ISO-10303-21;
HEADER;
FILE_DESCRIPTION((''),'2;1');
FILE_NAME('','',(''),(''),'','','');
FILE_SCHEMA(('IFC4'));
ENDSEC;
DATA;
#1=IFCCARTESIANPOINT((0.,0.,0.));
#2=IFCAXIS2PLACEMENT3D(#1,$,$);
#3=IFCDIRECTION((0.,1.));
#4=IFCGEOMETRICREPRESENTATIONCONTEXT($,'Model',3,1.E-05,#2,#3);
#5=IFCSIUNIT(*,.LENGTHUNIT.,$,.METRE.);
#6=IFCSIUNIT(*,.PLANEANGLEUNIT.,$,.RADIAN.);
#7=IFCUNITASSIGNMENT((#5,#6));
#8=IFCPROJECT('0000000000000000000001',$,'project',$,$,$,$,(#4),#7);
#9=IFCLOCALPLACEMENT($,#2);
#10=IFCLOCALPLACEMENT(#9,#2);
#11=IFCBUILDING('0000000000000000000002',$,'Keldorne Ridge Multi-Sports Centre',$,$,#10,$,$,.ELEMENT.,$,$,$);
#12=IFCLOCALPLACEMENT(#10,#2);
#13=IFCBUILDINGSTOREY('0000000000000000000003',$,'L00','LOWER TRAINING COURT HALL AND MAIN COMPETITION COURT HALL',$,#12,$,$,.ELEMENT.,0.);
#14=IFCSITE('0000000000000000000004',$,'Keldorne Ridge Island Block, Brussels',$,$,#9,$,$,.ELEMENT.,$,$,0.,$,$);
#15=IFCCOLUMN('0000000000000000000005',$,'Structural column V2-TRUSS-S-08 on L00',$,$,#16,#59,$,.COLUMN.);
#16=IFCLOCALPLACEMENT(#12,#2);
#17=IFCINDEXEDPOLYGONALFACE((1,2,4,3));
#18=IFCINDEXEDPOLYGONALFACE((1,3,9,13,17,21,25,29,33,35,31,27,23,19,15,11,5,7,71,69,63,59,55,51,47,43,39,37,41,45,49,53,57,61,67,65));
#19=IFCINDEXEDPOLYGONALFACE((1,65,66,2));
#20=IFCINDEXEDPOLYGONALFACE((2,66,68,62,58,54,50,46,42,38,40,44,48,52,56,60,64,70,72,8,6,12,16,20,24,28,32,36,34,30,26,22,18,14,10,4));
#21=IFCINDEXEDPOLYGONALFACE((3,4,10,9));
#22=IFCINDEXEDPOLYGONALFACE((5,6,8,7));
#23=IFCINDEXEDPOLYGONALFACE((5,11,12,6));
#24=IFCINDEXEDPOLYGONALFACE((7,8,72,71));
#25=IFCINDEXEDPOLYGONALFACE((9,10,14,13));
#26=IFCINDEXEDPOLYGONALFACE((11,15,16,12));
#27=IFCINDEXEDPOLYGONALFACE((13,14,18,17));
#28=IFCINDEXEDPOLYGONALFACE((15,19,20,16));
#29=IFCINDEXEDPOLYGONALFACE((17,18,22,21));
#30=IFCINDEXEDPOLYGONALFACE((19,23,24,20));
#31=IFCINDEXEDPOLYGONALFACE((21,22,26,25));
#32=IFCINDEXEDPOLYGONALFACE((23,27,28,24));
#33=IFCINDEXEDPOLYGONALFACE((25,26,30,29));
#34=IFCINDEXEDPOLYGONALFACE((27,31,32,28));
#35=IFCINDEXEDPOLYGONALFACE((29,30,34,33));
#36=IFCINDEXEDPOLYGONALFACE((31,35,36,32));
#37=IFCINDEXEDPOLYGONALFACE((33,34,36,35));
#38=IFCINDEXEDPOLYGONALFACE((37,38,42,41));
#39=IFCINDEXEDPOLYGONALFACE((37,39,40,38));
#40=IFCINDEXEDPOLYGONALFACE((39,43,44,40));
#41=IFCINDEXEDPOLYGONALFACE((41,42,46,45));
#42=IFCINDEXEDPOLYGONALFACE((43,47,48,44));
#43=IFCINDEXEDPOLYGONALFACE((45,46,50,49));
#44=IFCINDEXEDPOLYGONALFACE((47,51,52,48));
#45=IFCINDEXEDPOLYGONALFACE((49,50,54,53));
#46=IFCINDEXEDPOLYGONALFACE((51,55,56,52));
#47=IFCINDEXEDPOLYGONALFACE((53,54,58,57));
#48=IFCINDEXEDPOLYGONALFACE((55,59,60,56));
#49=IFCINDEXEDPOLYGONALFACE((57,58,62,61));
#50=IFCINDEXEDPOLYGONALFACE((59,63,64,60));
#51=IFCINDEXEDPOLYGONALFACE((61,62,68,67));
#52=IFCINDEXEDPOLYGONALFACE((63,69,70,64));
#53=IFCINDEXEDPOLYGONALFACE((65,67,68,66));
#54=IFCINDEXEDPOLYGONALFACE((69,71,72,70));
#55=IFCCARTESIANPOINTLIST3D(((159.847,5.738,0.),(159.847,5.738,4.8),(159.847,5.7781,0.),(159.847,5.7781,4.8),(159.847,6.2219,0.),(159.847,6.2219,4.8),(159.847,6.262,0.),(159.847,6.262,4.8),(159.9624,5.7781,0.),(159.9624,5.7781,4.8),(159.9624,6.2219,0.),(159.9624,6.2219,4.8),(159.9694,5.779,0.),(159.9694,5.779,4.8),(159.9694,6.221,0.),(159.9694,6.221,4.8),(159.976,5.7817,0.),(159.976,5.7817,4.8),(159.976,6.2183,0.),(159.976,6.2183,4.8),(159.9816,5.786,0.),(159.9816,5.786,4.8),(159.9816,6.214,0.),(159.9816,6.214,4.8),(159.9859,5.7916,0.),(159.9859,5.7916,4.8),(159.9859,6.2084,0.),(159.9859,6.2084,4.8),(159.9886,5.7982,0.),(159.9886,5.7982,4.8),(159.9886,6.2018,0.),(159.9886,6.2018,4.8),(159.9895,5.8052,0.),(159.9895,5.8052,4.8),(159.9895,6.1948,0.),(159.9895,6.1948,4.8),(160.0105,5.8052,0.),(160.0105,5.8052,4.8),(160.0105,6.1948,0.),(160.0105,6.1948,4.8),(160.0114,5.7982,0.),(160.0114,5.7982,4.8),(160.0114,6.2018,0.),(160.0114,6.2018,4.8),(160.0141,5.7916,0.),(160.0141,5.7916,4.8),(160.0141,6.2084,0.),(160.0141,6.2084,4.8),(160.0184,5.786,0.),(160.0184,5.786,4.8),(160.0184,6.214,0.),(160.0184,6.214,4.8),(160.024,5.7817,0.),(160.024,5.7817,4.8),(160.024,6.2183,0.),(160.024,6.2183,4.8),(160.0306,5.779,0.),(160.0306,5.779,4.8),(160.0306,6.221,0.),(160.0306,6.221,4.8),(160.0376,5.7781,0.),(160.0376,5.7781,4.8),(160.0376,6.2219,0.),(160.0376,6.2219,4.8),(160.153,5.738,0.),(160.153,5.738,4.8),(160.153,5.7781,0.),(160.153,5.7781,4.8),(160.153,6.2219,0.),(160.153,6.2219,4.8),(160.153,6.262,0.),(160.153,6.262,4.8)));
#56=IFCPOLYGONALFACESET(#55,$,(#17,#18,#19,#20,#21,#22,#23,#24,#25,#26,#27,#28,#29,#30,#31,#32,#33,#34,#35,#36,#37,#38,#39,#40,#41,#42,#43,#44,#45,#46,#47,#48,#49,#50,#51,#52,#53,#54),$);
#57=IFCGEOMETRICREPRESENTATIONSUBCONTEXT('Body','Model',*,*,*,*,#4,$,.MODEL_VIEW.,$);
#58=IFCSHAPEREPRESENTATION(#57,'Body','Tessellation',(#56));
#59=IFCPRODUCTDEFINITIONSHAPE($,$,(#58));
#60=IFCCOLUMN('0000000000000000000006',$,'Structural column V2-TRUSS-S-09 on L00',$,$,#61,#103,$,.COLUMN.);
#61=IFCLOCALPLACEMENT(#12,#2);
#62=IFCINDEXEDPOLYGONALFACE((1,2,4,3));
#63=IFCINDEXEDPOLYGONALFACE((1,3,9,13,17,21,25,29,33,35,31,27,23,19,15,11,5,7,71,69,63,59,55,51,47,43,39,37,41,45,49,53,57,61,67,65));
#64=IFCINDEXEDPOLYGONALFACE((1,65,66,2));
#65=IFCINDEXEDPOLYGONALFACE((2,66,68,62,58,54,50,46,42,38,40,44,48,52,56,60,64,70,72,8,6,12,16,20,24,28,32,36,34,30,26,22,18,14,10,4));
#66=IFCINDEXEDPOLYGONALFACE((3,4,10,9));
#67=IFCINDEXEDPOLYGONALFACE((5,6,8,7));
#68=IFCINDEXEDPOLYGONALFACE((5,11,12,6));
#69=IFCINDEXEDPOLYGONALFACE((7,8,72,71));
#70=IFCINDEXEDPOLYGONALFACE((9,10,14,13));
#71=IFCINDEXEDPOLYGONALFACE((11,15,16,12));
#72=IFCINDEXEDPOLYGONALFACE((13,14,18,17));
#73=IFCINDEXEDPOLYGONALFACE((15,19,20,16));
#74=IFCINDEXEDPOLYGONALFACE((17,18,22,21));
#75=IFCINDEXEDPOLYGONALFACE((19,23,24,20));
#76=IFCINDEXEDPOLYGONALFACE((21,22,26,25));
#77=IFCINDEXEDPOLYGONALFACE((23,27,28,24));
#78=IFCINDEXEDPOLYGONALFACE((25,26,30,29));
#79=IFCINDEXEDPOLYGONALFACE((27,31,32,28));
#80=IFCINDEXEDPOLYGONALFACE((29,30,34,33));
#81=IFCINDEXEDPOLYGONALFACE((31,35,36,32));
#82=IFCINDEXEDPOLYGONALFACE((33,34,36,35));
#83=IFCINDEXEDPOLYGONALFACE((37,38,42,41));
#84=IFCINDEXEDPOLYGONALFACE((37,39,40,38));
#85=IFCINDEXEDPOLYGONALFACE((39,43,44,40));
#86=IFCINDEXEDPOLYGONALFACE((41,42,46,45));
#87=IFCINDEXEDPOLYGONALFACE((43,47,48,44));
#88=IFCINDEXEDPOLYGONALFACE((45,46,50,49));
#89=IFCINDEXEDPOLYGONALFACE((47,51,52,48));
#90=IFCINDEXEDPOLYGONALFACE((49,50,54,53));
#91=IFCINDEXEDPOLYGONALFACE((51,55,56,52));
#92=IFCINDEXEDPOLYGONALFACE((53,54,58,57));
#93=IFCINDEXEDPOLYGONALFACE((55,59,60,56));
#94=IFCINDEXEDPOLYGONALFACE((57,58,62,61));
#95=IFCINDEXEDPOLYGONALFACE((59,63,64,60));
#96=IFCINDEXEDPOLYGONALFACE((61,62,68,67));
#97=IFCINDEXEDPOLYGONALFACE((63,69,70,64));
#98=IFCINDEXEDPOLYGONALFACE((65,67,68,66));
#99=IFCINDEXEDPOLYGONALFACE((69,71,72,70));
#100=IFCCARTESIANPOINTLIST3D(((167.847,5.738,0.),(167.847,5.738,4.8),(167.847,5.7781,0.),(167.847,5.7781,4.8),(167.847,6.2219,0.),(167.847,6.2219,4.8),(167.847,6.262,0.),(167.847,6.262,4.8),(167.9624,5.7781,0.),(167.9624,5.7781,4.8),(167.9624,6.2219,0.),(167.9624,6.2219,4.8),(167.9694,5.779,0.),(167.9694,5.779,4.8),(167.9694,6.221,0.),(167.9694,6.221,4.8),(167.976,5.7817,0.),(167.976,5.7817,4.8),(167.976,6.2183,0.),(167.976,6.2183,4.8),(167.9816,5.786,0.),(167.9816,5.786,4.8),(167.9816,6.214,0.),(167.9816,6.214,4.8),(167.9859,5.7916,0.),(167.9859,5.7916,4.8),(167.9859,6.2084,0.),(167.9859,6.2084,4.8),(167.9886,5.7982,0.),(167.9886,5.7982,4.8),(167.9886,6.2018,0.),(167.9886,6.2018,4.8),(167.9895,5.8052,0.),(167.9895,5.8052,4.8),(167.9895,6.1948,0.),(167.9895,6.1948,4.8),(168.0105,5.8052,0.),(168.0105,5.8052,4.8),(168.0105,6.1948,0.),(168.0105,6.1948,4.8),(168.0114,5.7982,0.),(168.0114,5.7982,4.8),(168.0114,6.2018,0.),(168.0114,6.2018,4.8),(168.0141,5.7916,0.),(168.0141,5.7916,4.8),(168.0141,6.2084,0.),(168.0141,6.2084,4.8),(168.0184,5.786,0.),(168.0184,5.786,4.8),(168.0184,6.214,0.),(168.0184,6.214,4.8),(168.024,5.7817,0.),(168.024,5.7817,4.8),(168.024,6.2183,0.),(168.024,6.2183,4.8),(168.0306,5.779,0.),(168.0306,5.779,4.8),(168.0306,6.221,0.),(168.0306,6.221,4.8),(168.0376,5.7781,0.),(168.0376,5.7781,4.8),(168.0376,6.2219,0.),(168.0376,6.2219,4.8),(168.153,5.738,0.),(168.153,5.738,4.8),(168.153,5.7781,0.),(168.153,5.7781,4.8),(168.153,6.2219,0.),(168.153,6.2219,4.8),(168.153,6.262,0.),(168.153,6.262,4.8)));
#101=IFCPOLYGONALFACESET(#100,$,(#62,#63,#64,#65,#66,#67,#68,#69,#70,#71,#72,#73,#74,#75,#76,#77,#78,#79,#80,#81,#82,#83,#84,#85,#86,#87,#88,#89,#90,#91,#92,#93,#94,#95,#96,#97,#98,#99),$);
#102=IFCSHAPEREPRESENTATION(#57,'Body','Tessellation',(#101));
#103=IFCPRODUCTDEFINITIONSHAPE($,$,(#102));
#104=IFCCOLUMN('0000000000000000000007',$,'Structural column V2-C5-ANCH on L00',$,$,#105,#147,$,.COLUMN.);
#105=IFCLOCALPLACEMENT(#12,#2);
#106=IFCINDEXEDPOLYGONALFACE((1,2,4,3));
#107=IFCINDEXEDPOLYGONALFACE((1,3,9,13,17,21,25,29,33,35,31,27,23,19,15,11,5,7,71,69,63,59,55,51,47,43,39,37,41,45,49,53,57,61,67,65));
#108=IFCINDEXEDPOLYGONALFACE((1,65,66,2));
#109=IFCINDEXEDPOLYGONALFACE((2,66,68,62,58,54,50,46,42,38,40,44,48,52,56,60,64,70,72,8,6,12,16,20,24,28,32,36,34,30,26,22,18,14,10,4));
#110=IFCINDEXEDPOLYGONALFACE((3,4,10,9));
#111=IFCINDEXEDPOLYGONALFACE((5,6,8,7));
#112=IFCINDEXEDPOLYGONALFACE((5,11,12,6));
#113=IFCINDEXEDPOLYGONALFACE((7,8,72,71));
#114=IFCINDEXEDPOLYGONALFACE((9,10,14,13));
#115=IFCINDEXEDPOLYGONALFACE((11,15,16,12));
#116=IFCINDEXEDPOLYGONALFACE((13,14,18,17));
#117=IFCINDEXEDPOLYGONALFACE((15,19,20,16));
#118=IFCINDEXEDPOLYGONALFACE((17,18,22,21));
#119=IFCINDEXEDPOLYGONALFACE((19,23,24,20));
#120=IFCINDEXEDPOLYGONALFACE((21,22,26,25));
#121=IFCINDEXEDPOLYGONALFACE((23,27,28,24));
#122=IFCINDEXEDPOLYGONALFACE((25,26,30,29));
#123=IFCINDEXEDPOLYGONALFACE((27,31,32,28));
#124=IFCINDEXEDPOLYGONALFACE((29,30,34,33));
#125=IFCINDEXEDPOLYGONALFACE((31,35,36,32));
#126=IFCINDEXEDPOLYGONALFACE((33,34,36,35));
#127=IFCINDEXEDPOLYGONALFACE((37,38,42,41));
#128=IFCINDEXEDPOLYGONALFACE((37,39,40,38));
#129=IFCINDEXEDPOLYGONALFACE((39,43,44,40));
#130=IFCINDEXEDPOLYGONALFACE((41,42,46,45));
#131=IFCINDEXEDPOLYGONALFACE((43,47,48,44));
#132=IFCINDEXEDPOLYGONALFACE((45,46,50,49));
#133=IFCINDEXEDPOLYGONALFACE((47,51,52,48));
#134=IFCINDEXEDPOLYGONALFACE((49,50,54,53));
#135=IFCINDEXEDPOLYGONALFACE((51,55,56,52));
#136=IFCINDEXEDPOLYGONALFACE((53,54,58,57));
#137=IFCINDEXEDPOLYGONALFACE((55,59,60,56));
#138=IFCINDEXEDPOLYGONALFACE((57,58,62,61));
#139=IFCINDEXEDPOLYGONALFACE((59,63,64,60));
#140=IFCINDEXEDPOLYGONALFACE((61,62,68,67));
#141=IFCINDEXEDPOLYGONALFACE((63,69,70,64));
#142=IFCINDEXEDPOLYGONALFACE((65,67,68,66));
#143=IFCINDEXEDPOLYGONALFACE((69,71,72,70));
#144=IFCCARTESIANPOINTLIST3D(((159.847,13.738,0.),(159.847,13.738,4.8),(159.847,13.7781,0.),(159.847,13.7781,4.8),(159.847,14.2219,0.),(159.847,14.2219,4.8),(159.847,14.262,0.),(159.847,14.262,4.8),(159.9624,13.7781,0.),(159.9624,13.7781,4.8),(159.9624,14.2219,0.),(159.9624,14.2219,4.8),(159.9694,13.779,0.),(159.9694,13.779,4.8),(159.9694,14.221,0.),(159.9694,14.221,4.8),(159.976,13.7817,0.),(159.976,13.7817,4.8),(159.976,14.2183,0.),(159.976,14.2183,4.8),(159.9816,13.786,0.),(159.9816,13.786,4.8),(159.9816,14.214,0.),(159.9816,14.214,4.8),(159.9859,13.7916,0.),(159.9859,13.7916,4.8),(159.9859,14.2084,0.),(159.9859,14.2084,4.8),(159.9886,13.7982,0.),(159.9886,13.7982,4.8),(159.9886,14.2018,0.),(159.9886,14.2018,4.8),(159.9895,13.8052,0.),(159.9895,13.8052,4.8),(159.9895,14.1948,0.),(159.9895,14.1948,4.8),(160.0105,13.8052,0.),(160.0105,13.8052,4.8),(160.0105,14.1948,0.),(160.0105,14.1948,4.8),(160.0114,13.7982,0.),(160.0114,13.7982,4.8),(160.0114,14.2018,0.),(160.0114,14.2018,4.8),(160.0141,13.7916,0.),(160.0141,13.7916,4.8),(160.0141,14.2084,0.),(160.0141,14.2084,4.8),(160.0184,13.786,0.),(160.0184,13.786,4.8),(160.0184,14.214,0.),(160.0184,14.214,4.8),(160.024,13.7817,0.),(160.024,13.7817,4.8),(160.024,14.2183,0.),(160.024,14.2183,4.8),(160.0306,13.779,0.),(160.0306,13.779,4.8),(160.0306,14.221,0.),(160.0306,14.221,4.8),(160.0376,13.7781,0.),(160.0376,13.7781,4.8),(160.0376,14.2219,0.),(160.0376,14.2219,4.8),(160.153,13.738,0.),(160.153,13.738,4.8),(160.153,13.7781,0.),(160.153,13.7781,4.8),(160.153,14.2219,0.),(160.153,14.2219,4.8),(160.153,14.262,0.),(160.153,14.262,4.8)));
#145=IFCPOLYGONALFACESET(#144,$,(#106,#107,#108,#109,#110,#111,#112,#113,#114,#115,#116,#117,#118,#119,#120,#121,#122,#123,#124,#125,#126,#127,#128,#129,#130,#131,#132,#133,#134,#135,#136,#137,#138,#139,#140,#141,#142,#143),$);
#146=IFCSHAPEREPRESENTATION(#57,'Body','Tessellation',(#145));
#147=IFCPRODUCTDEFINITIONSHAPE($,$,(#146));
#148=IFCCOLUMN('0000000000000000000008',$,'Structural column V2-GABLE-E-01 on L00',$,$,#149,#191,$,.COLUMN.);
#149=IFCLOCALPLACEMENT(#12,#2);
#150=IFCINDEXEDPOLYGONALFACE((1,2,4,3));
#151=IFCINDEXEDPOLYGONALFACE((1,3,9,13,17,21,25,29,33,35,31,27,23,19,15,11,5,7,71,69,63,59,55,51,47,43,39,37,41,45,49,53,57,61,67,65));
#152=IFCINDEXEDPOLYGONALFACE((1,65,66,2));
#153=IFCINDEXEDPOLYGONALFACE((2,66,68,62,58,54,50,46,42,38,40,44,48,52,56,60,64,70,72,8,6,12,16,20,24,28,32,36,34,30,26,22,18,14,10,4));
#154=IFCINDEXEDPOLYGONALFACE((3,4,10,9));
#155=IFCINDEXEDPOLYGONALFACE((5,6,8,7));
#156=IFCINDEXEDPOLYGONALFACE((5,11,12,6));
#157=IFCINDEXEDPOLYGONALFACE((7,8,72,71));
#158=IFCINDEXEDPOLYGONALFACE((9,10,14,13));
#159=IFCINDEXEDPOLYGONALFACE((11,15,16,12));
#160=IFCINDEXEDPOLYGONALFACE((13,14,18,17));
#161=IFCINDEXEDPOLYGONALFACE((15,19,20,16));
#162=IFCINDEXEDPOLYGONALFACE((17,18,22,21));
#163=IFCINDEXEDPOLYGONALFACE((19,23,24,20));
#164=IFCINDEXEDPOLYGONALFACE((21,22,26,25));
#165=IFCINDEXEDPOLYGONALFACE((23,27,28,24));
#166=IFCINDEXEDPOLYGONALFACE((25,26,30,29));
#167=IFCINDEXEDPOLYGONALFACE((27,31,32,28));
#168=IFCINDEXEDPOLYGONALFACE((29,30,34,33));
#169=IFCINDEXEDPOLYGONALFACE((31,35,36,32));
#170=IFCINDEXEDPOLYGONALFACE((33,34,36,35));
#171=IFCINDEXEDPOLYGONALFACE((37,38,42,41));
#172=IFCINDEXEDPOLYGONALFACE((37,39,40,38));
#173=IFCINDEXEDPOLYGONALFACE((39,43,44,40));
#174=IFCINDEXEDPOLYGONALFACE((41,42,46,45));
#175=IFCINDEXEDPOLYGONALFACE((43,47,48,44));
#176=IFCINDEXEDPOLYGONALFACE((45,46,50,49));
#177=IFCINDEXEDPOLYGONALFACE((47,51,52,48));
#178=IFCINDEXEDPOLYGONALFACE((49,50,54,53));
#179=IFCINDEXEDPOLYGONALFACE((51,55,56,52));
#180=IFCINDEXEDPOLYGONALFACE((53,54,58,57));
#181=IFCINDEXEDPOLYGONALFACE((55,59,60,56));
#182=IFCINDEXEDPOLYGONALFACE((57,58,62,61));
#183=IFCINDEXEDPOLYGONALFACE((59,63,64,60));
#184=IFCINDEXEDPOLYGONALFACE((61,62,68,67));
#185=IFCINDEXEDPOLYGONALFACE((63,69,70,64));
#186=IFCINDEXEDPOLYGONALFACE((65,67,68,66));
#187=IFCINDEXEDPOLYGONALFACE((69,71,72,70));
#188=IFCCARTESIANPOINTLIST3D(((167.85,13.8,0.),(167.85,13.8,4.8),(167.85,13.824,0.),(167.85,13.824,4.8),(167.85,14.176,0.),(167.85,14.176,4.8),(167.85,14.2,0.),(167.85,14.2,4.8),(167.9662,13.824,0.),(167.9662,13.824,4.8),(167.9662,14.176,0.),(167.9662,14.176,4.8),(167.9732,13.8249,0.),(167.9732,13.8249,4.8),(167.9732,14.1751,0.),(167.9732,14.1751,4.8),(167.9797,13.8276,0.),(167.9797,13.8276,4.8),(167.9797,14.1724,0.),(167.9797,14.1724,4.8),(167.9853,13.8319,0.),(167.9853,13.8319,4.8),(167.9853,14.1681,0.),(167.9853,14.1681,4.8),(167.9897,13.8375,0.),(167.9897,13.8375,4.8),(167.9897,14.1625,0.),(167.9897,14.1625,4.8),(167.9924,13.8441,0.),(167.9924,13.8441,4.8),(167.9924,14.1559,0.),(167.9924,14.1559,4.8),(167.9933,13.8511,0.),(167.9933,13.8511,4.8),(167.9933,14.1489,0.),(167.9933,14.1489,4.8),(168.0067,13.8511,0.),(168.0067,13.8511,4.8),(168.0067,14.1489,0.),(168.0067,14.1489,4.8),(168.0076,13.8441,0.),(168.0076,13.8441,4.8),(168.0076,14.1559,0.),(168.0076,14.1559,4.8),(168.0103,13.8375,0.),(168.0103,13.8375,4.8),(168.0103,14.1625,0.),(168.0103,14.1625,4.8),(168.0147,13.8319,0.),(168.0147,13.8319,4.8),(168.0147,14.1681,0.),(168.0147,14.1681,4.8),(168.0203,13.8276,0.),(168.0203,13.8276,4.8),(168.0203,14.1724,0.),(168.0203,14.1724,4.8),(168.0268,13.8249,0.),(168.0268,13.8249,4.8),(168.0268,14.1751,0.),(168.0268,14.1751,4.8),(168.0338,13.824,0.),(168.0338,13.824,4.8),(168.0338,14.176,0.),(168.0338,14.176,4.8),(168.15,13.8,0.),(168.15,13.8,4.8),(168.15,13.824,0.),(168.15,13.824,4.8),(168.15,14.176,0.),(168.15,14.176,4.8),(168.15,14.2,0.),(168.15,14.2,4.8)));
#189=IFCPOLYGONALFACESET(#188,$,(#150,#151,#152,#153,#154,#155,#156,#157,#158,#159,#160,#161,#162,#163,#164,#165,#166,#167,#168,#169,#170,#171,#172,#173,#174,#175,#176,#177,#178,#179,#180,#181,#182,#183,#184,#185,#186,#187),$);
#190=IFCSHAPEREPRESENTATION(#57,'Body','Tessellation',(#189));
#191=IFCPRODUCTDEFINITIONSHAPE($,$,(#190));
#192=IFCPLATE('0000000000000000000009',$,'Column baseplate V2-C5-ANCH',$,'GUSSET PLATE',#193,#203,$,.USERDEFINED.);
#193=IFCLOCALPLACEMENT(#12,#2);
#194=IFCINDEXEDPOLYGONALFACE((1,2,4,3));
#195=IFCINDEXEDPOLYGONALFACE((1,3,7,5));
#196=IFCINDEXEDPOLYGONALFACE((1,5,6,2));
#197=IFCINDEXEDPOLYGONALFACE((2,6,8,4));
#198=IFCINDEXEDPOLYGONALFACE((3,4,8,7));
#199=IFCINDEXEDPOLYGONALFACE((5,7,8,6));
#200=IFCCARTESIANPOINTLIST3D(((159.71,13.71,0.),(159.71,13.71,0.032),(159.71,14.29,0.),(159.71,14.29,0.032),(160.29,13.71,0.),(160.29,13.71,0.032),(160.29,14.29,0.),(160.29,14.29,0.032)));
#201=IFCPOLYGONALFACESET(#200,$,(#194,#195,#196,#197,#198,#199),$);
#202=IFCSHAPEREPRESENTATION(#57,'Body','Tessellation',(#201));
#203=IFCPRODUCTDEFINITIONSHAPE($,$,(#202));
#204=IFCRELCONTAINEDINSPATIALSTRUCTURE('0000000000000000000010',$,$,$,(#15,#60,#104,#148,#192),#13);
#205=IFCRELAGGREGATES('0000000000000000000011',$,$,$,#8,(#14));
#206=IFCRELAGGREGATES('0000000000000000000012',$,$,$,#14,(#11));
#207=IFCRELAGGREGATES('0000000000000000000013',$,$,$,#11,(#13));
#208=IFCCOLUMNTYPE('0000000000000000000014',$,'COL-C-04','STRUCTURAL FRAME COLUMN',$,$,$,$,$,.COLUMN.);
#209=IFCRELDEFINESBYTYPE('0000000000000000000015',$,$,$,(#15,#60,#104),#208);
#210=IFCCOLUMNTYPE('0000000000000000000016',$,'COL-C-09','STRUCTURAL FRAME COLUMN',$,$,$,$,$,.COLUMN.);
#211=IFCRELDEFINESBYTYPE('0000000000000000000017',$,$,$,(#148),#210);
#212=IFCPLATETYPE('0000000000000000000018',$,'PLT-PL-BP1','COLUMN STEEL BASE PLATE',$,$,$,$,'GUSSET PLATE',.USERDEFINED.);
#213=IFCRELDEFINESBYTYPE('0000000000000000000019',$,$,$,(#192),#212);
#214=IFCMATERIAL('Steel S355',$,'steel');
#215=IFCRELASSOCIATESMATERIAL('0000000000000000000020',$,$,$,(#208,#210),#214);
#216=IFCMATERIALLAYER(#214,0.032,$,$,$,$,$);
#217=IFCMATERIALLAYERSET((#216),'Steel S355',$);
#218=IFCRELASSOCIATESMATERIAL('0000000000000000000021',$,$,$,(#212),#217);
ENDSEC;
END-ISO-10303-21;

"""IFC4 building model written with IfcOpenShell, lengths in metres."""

from ifc_helpers import new_model, si_unit, direction, frame, origin, origin_2d, place, context, subcontext, project, spatial, rectangle, i_section, extrude, material, layer, layer_set, material_profile, profile_set, type_object, element, save


model = new_model("IFC4")

# Units and contexts
model_context = context("Model", 3, precision=1e-05, world=origin(), true_north=direction((0.0, 1.0)))
body_context = subcontext(model_context, "Body", "Model", "MODEL_VIEW")
ifc_project = project(units=[si_unit("LENGTHUNIT", "METRE"), si_unit("PLANEANGLEUNIT", "RADIAN")], contexts=[model_context])

# Site, building, storey
site_placement = place(None, origin())
site = spatial("IfcSite", under=ifc_project, at=site_placement, Name="Keldorne Ridge Island Block, Brussels", CompositionType="ELEMENT", RefElevation=0.0)
building_placement = place(site_placement, origin())
building = spatial("IfcBuilding", under=site, at=building_placement, Name="Keldorne Ridge Multi-Sports Centre", CompositionType="ELEMENT")
storey_placement = place(building_placement, origin())
storey = spatial("IfcBuildingStorey", under=building, at=storey_placement, Name="L00", Description="LOWER TRAINING COURT HALL AND MAIN COMPETITION COURT HALL", CompositionType="ELEMENT", Elevation=0.0)

# Columns
ifc_material_1 = material(Name="Steel S355", Category="steel")
ifc_material_profile_1 = material_profile(ifc_material_1, i_section(OverallWidth=0.3059, OverallDepth=0.5239, WebThickness=0.021, FlangeThickness=0.04, FilletRadius=0.0271, at=origin_2d()), Name="HEM 500")
ifc_profile_set_1 = profile_set([ifc_material_profile_1], Name="Steel S355")
column_type_1 = type_object("IfcColumnType", Name="COL-C-04", Description="STRUCTURAL FRAME COLUMN", PredefinedType="COLUMN", material=ifc_profile_set_1)
for number, where, z_axis, x_axis, name in (
    (1, (160.0, 6.0, 0.0), (0.0, 0.0, 1.0), (1.0, 0.0, 0.0), "Structural column V2-TRUSS-S-08 on L00"),
    (2, (168.0, 6.0, 0.0), (0.0, 0.0, 1.0), (1.0, 0.0, 0.0), "Structural column V2-TRUSS-S-09 on L00"),
    (3, (160.0, 14.0, 0.0), (0.0, 0.0, 1.0), (1.0, 0.0, 0.0), "Structural column V2-C5-ANCH on L00"),
):
    element("IfcColumn", number, at=place(storey_placement, frame(where, z_axis=z_axis, x_axis=x_axis)), inside=storey, type_object=column_type_1, Name=name, PredefinedType="COLUMN", context=body_context, shape_type="SweptSolid", body=[
        extrude(i_section(OverallWidth=0.3059, OverallDepth=0.5239, WebThickness=0.021, FlangeThickness=0.04, FilletRadius=0.0271, at=origin_2d()), origin(), (0.0, 0.0, 1.0), 4.8),
    ])
ifc_material_profile_2 = material_profile(ifc_material_1, i_section(OverallWidth=0.3, OverallDepth=0.3999, WebThickness=0.0134, FlangeThickness=0.0239, FilletRadius=0.0271, at=origin_2d()), Name="HEB 400")
ifc_profile_set_2 = profile_set([ifc_material_profile_2], Name="Steel S355")
column_type_2 = type_object("IfcColumnType", Name="COL-C-09", Description="STRUCTURAL FRAME COLUMN", PredefinedType="COLUMN", material=ifc_profile_set_2)
column_placement = place(storey_placement, frame((168.0, 14.0, 0.0), z_axis=(0.0, 0.0, 1.0), x_axis=(1.0, 0.0, 0.0)))
element("IfcColumn", 4, at=column_placement, inside=storey, type_object=column_type_2, Name="Structural column V2-GABLE-E-01 on L00", PredefinedType="COLUMN", context=body_context, shape_type="SweptSolid", body=[
    extrude(i_section(OverallWidth=0.3, OverallDepth=0.3999, WebThickness=0.0134, FlangeThickness=0.0239, FilletRadius=0.0271, at=origin_2d()), origin(), (0.0, 0.0, 1.0), 4.8),
])

# Plate
ifc_layer_1 = layer(ifc_material_1, 0.032)
ifc_layer_set_1 = layer_set([ifc_layer_1], Name="Steel S355")
plate_type_1 = type_object("IfcPlateType", Name="PLT-PL-BP1", Description="COLUMN STEEL BASE PLATE", ElementType="GUSSET PLATE", PredefinedType="USERDEFINED", material=ifc_layer_set_1)
plate_placement = place(storey_placement, frame((160.0, 14.0, 0.0), z_axis=(0.0, 0.0, 1.0), x_axis=(1.0, 0.0, 0.0)))
element("IfcPlate", 5, at=plate_placement, inside=storey, type_object=plate_type_1, Name="Column baseplate V2-C5-ANCH", ObjectType="GUSSET PLATE", PredefinedType="USERDEFINED", context=body_context, shape_type="SweptSolid", body=[
    extrude(rectangle(XDim=0.5801, YDim=0.5801, at=origin_2d()), origin(), (0.0, 0.0, 1.0), 0.032),
])

save(model, "model.ifc")
